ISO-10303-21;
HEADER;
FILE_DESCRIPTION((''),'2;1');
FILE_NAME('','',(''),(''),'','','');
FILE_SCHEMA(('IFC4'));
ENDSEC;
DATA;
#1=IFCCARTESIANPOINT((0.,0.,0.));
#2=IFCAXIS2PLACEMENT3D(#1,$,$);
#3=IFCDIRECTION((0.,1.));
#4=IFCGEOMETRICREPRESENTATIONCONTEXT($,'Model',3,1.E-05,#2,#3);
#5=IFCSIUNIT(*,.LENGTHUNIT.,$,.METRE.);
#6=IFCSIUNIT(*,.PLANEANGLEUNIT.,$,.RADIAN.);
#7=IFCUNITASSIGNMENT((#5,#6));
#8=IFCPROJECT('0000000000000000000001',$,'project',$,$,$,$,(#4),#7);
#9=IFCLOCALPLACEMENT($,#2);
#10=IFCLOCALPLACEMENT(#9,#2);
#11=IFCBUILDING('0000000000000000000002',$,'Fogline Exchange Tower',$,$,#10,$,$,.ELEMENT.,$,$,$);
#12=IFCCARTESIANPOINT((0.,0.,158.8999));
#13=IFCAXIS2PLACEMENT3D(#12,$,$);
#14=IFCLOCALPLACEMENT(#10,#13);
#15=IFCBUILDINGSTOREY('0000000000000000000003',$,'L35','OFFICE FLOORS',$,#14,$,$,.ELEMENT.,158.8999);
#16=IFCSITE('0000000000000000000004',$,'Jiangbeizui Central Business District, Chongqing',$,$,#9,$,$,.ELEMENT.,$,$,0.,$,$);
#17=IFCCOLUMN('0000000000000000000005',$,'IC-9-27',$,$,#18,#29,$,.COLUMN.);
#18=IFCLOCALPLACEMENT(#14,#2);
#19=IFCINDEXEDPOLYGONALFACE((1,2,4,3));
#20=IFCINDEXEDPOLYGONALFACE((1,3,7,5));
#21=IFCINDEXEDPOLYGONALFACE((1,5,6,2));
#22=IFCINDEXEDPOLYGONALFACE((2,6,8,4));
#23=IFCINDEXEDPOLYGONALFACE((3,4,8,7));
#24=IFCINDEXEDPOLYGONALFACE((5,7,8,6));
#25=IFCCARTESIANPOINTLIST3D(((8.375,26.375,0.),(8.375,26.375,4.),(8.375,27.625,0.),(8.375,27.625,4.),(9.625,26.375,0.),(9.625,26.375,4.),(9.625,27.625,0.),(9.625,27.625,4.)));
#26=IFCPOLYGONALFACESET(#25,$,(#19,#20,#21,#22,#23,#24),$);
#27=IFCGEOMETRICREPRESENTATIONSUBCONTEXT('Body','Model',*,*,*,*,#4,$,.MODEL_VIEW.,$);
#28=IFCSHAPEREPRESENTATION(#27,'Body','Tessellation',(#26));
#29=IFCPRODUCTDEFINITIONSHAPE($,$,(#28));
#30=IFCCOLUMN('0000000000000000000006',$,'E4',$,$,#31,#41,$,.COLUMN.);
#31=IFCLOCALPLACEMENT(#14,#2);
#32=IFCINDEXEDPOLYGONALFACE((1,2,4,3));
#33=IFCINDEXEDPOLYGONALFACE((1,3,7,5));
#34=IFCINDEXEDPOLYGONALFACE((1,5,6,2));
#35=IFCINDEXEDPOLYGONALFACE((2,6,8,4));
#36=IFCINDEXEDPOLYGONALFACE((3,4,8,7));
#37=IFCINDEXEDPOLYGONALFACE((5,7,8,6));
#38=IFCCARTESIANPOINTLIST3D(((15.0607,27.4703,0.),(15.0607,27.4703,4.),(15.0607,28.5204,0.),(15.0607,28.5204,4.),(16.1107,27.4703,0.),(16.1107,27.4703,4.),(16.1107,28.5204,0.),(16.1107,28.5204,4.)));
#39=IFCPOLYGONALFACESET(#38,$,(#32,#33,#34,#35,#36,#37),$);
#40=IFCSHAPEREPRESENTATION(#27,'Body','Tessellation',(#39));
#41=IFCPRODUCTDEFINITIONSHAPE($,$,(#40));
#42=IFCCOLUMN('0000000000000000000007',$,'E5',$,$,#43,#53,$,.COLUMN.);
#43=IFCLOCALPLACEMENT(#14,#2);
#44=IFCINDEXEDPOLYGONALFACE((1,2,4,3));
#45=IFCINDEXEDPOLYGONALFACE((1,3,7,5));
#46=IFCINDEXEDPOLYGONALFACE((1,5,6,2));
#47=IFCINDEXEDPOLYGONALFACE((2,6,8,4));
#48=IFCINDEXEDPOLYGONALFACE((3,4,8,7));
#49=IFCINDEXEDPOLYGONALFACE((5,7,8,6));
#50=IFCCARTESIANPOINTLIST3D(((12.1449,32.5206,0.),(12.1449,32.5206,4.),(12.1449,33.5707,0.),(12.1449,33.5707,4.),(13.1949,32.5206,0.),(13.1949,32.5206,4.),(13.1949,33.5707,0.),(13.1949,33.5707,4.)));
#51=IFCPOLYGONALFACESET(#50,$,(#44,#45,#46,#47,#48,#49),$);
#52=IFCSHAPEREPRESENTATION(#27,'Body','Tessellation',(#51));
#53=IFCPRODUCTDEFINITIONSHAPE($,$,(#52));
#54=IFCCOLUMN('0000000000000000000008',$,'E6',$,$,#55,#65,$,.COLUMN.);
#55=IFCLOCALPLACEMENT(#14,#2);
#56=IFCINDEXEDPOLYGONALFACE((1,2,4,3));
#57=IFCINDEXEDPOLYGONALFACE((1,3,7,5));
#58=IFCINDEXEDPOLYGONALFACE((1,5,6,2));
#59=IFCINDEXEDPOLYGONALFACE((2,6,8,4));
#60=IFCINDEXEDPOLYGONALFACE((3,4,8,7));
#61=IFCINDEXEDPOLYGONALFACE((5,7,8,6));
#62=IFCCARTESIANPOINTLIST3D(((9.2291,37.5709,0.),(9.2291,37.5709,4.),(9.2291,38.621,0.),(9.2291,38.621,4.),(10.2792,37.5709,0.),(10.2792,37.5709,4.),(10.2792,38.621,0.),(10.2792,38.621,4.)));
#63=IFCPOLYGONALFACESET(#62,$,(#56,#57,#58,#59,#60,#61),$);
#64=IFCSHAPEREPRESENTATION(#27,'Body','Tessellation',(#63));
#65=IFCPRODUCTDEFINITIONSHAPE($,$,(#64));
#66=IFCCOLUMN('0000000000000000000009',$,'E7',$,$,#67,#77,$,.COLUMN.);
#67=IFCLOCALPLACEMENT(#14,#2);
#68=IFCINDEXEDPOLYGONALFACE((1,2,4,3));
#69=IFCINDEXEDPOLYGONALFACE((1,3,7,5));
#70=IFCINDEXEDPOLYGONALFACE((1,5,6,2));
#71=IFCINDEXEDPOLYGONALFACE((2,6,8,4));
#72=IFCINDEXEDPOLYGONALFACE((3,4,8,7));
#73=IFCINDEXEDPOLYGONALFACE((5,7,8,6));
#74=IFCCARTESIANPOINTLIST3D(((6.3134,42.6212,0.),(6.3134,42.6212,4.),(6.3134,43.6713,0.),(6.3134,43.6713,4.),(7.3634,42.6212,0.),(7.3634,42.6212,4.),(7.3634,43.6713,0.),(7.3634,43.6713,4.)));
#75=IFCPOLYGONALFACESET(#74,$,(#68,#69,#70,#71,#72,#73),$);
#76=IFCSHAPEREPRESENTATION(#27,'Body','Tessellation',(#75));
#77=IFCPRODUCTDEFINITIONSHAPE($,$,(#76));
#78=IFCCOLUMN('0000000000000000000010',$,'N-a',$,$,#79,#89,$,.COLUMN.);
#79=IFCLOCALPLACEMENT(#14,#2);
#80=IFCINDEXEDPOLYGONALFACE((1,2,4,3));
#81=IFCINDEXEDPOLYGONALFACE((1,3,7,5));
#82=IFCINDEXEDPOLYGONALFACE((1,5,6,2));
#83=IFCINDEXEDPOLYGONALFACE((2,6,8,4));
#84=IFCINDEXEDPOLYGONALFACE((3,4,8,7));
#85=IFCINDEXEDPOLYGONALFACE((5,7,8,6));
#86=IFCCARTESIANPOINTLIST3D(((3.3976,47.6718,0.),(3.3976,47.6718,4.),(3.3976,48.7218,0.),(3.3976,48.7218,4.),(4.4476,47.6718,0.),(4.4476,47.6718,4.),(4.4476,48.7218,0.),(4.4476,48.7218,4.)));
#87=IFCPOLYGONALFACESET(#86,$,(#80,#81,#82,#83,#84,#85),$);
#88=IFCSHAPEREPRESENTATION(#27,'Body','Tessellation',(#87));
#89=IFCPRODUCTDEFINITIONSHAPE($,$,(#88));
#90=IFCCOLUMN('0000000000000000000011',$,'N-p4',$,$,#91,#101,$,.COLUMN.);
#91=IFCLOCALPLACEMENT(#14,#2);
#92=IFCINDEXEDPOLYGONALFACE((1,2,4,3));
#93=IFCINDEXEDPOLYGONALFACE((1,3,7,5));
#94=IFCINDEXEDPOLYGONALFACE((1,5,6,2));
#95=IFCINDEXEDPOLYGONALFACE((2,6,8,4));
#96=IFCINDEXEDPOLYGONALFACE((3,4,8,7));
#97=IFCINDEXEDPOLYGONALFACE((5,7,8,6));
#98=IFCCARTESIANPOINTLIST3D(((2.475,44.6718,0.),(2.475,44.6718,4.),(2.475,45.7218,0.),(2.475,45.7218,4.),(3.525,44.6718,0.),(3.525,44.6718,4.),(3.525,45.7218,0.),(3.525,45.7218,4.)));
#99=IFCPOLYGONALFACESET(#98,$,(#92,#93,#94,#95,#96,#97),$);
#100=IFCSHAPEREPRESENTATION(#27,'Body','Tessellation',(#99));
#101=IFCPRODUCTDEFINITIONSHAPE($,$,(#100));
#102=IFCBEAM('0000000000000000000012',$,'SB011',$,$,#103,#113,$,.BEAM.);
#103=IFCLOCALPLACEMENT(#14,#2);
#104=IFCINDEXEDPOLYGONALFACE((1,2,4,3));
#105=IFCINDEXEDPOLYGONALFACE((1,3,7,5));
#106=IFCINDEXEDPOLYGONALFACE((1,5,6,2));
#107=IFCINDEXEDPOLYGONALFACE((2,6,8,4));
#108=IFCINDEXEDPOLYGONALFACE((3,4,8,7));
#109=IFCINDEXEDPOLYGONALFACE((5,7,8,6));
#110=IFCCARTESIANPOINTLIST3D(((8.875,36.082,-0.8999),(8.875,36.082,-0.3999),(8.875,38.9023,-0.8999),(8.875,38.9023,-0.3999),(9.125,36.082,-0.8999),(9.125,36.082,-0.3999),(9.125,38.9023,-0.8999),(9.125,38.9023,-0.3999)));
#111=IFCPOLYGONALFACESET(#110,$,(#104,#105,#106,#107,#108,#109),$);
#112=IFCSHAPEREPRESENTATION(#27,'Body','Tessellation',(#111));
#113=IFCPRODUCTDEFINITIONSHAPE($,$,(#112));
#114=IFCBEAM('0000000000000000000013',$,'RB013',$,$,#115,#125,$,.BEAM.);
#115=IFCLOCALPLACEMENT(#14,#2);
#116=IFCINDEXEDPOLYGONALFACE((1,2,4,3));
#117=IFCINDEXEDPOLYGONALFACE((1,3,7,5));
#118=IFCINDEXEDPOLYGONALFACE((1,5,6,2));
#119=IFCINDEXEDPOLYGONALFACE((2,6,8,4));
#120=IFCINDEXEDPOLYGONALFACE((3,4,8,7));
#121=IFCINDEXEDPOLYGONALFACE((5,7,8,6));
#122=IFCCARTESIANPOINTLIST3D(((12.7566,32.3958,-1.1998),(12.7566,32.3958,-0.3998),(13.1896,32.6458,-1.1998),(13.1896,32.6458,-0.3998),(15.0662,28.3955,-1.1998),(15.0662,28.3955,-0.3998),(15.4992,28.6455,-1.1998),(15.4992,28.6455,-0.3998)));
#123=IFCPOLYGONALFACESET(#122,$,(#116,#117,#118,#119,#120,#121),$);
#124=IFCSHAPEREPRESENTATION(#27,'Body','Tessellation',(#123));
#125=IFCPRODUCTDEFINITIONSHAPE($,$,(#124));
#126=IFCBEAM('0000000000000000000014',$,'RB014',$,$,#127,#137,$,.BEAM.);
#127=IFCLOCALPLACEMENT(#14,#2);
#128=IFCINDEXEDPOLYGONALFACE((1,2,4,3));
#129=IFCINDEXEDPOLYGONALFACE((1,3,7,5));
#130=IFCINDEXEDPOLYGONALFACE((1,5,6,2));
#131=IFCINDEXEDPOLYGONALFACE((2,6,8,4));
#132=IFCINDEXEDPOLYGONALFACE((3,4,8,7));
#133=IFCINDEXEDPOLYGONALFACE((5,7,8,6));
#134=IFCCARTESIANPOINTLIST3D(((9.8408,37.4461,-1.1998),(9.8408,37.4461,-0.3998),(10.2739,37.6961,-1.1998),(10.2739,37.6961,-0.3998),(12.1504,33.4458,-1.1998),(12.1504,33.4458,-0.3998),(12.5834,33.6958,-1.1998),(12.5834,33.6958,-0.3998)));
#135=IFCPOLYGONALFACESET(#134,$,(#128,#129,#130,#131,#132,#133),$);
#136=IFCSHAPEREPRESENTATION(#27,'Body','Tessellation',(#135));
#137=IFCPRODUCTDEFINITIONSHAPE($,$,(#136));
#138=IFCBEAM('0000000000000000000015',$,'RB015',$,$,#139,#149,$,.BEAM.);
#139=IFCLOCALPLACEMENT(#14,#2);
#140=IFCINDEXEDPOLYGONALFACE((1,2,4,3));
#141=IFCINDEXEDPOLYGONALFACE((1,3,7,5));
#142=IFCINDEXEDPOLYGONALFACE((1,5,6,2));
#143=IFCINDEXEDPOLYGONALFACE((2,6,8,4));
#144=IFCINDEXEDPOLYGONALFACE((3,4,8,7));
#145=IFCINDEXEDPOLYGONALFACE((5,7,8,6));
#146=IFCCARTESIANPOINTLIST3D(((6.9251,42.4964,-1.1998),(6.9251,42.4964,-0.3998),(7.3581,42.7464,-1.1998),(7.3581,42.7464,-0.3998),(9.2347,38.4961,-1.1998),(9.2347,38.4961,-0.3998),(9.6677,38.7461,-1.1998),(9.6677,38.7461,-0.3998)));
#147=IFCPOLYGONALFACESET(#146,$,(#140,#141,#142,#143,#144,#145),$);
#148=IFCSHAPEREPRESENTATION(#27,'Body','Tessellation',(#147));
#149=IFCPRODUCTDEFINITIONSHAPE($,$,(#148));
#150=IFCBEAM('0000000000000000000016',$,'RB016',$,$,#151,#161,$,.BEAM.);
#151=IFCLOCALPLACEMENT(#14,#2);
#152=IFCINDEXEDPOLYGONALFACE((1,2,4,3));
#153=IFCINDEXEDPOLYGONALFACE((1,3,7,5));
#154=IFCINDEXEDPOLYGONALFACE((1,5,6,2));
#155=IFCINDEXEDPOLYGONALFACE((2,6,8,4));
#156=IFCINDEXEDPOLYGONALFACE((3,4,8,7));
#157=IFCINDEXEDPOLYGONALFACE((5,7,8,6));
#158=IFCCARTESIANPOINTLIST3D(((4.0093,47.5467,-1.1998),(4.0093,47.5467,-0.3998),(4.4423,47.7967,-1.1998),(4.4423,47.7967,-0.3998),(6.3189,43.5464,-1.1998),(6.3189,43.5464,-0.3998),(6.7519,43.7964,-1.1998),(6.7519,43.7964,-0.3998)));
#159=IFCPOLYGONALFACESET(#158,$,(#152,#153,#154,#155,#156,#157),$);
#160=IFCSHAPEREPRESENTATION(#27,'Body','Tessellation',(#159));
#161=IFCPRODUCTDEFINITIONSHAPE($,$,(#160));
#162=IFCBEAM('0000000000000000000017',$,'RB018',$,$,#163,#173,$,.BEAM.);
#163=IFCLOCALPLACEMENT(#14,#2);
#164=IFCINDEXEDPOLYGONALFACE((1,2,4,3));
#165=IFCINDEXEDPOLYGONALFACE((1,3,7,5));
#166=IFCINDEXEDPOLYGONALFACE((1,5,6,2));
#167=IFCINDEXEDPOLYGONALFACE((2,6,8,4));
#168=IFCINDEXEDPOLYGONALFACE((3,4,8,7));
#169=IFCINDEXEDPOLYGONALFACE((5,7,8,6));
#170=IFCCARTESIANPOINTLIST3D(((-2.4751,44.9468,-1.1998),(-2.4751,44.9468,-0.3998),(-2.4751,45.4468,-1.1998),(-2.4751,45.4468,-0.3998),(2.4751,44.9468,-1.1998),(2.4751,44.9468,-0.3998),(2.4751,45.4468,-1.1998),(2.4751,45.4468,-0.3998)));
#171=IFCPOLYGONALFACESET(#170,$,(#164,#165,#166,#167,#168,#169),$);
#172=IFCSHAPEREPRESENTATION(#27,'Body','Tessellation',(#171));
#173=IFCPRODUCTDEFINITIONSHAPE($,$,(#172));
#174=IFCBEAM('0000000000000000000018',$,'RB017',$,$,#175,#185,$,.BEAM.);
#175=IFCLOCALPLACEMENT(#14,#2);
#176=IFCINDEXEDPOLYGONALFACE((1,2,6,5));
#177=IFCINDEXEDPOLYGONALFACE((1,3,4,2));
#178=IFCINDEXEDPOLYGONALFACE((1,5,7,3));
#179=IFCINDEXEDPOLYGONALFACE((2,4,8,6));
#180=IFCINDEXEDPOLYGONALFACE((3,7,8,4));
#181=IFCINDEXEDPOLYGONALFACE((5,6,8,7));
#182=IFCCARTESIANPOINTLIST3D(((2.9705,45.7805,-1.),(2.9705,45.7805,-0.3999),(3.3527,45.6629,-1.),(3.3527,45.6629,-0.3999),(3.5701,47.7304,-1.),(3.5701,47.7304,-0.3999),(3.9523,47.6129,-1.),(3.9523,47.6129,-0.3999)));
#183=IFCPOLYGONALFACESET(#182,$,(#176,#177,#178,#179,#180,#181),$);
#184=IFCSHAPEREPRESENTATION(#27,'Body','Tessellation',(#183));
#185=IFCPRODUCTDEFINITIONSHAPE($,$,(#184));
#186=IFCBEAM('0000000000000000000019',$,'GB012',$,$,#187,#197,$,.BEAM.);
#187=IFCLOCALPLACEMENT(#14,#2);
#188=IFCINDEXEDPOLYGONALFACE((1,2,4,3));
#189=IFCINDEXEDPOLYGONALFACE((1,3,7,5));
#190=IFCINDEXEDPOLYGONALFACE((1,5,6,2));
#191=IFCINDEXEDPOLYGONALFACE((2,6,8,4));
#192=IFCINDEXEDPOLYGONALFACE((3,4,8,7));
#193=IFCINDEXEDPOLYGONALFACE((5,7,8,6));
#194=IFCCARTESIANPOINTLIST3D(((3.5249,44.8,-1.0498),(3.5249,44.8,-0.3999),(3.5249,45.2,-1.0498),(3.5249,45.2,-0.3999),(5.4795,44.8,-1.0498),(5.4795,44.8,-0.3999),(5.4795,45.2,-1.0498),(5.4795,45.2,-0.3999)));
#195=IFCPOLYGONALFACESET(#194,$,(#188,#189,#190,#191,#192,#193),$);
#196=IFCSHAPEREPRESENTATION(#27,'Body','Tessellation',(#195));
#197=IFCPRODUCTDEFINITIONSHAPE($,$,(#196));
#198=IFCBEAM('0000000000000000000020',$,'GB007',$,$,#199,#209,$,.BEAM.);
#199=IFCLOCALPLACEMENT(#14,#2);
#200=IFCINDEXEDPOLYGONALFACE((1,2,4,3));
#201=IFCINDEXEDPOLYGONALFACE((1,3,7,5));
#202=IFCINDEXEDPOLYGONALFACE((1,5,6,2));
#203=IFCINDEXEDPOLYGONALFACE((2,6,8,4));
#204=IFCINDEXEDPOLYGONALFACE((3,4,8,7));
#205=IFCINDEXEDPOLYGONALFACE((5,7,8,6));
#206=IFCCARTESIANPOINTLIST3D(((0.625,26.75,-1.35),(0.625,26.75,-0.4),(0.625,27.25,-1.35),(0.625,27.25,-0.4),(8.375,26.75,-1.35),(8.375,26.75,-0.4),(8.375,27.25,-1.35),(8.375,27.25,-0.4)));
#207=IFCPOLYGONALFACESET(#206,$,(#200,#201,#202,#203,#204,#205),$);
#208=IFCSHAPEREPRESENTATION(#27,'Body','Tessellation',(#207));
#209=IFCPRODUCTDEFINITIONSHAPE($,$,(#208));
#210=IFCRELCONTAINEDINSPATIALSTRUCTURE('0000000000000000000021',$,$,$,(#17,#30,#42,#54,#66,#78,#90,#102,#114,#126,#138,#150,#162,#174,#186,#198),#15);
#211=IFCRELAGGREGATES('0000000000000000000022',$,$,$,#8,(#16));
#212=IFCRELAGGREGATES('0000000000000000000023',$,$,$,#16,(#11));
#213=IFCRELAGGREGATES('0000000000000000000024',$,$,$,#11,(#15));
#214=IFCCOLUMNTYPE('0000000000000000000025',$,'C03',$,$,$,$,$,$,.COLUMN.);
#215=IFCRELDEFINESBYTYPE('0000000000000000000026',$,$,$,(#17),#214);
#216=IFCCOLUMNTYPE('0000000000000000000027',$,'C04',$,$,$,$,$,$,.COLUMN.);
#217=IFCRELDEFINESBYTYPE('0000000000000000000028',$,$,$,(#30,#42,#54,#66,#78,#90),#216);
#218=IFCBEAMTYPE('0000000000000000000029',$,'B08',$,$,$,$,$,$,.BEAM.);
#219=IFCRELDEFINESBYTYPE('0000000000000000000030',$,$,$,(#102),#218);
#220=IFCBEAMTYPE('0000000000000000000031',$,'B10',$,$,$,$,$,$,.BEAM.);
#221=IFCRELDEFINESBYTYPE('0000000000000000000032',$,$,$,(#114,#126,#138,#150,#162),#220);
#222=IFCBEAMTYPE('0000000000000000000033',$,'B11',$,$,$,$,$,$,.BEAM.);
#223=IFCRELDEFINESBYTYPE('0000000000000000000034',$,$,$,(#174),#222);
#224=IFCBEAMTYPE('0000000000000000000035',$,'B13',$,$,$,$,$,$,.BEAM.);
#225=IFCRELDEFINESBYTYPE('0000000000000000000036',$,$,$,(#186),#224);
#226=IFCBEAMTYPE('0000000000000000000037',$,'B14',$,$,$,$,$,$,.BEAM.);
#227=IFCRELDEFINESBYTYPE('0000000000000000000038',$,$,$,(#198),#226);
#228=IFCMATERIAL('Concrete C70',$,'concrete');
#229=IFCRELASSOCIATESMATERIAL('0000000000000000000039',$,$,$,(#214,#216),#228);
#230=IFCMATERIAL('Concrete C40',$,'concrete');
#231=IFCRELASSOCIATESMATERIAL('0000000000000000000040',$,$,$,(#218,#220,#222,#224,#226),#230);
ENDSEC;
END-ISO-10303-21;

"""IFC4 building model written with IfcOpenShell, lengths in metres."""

from ifc_helpers import new_model, si_unit, direction, frame, origin, origin_2d, place, context, subcontext, project, spatial, rectangle, extrude, material, material_profile, profile_set, type_object, element, save


model = new_model("IFC4")

# Units and contexts
model_context = context("Model", 3, precision=1e-05, world=origin(), true_north=direction((0.0, 1.0)))
body_context = subcontext(model_context, "Body", "Model", "MODEL_VIEW")
ifc_project = project(units=[si_unit("LENGTHUNIT", "METRE"), si_unit("PLANEANGLEUNIT", "RADIAN")], contexts=[model_context])

# Site, building, storey
site_placement = place(None, origin())
site = spatial("IfcSite", under=ifc_project, at=site_placement, Name="Jiangbeizui Central Business District, Chongqing", CompositionType="ELEMENT", RefElevation=0.0)
building_placement = place(site_placement, origin())
building = spatial("IfcBuilding", under=site, at=building_placement, Name="Fogline Exchange Tower", CompositionType="ELEMENT")
storey_placement = place(building_placement, frame((0.0, 0.0, 158.8999)))
storey = spatial("IfcBuildingStorey", under=building, at=storey_placement, Name="L35", Description="OFFICE FLOORS", CompositionType="ELEMENT", Elevation=158.8999)

# Columns
ifc_material_1 = material(Name="Concrete C70", Category="concrete")
ifc_material_profile_1 = material_profile(ifc_material_1, rectangle(XDim=1.25, YDim=1.25, at=origin_2d()), Name="RC 1250x1250")
ifc_profile_set_1 = profile_set([ifc_material_profile_1], Name="Concrete C70")
column_type_1 = type_object("IfcColumnType", Name="C03", PredefinedType="COLUMN", material=ifc_profile_set_1)
column_placement = place(storey_placement, frame((9.0, 27.0, 0.0), z_axis=(0.0, 0.0, 1.0), x_axis=(1.0, 0.0, 0.0)))
element("IfcColumn", 1, at=column_placement, inside=storey, type_object=column_type_1, Name="IC-9-27", PredefinedType="COLUMN", context=body_context, shape_type="SweptSolid", body=[
    extrude(rectangle(XDim=1.25, YDim=1.25, at=origin_2d()), origin(), (0.0, 0.0, 1.0), 4.0),
])
ifc_material_profile_2 = material_profile(ifc_material_1, rectangle(XDim=1.05, YDim=1.05, at=origin_2d()), Name="RC 1050x1050")
ifc_profile_set_2 = profile_set([ifc_material_profile_2], Name="Concrete C70")
column_type_2 = type_object("IfcColumnType", Name="C04", PredefinedType="COLUMN", material=ifc_profile_set_2)
for number, where, z_axis, x_axis, name in (
    (2, (15.5857, 27.9954, 0.0), (0.0, 0.0, 1.0), (1.0, 0.0, 0.0), "E4"),
    (3, (12.6699, 33.0457, 0.0), (0.0, 0.0, 1.0), (1.0, 0.0, 0.0), "E5"),
    (4, (9.7542, 38.0959, 0.0), (0.0, 0.0, 1.0), (1.0, 0.0, 0.0), "E6"),
    (5, (6.8384, 43.1462, 0.0), (0.0, 0.0, 1.0), (1.0, 0.0, 0.0), "E7"),
    (6, (3.9226, 48.1968, 0.0), (0.0, 0.0, 1.0), (1.0, 0.0, 0.0), "N-a"),
    (7, (3.0, 45.1968, 0.0), (0.0, 0.0, 1.0), (1.0, 0.0, 0.0), "N-p4"),
):
    element("IfcColumn", number, at=place(storey_placement, frame(where, z_axis=z_axis, x_axis=x_axis)), inside=storey, type_object=column_type_2, Name=name, PredefinedType="COLUMN", context=body_context, shape_type="SweptSolid", body=[
        extrude(rectangle(XDim=1.05, YDim=1.05, at=origin_2d()), origin(), (0.0, 0.0, 1.0), 4.0),
    ])

# Beams
ifc_material_2 = material(Name="Concrete C40", Category="concrete")
ifc_material_profile_3 = material_profile(ifc_material_2, rectangle(XDim=0.25, YDim=0.5, at=origin_2d()), Name="RC 250x500")
ifc_profile_set_3 = profile_set([ifc_material_profile_3], Name="Concrete C40")
beam_type_1 = type_object("IfcBeamType", Name="B08", PredefinedType="BEAM", material=ifc_profile_set_3)
beam_1_placement = place(storey_placement, frame((9.0, 36.082, -0.6499), z_axis=(0.0, 1.0, 0.0), x_axis=(-1.0, 0.0, 0.0)))
element("IfcBeam", 8, at=beam_1_placement, inside=storey, type_object=beam_type_1, Name="SB011", PredefinedType="BEAM", context=body_context, shape_type="SweptSolid", body=[
    extrude(rectangle(XDim=0.25, YDim=0.5, at=origin_2d()), origin(), (0.0, 0.0, 1.0), 2.8203),
])
ifc_material_profile_4 = material_profile(ifc_material_2, rectangle(XDim=0.5, YDim=0.8, at=origin_2d()), Name="RC 500x800")
ifc_profile_set_4 = profile_set([ifc_material_profile_4], Name="Concrete C40")
beam_type_2 = type_object("IfcBeamType", Name="B10", PredefinedType="BEAM", material=ifc_profile_set_4)
for number, where, z_axis, x_axis, name in (
    (9, (15.2827, 28.5205, -0.7998), (-0.500005, 0.866023, 0.0), (-0.866023, -0.500005, 0.0), "RB013"),
    (10, (12.3669, 33.5708, -0.7998), (-0.500005, 0.866023, 0.0), (-0.866023, -0.500005, 0.0), "RB014"),
    (11, (9.4512, 38.6211, -0.7998), (-0.500005, 0.866023, 0.0), (-0.866023, -0.500005, 0.0), "RB015"),
    (12, (6.5354, 43.6714, -0.7998), (-0.500005, 0.866023, 0.0), (-0.866023, -0.500005, 0.0), "RB016"),
):
    element("IfcBeam", number, at=place(storey_placement, frame(where, z_axis=z_axis, x_axis=x_axis)), inside=storey, type_object=beam_type_2, Name=name, PredefinedType="BEAM", context=body_context, shape_type="SweptSolid", body=[
        extrude(rectangle(XDim=0.5, YDim=0.8, at=origin_2d()), origin(), (0.0, 0.0, 1.0), 4.6191),
    ])
beam_2_placement = place(storey_placement, frame((2.4751, 45.1968, -0.7998), z_axis=(-1.0, 0.0, 0.0), x_axis=(0.0, -1.0, 0.0)))
element("IfcBeam", 13, at=beam_2_placement, inside=storey, type_object=beam_type_2, Name="RB018", PredefinedType="BEAM", context=body_context, shape_type="SweptSolid", body=[
    extrude(rectangle(XDim=0.5, YDim=0.8, at=origin_2d()), origin(), (0.0, 0.0, 1.0), 4.9502),
])
ifc_material_profile_5 = material_profile(ifc_material_2, rectangle(XDim=0.3999, YDim=0.6001, at=origin_2d()), Name="RC 400x600")
ifc_profile_set_5 = profile_set([ifc_material_profile_5], Name="Concrete C40")
beam_type_3 = type_object("IfcBeamType", Name="B11", PredefinedType="BEAM", material=ifc_profile_set_5)
beam_3_placement = place(storey_placement, frame((3.7612, 47.6716, -0.7), z_axis=(-0.293918, -0.955831, 0.0), x_axis=(0.955831, -0.293918, 0.0)))
element("IfcBeam", 14, at=beam_3_placement, inside=storey, type_object=beam_type_3, Name="RB017", PredefinedType="BEAM", context=body_context, shape_type="SweptSolid", body=[
    extrude(rectangle(XDim=0.3999, YDim=0.6001, at=origin_2d()), origin(), (0.0, 0.0, 1.0), 2.04),
])
ifc_material_profile_6 = material_profile(ifc_material_2, rectangle(XDim=0.3999, YDim=0.6499, at=origin_2d()), Name="RC 400x650")
ifc_profile_set_6 = profile_set([ifc_material_profile_6], Name="Concrete C40")
beam_type_4 = type_object("IfcBeamType", Name="B13", PredefinedType="BEAM", material=ifc_profile_set_6)
beam_4_placement = place(storey_placement, frame((3.5249, 45.0, -0.7249), z_axis=(1.0, 0.0, 0.0), x_axis=(0.0, 1.0, 0.0)))
element("IfcBeam", 15, at=beam_4_placement, inside=storey, type_object=beam_type_4, Name="GB012", PredefinedType="BEAM", context=body_context, shape_type="SweptSolid", body=[
    extrude(rectangle(XDim=0.3999, YDim=0.6499, at=origin_2d()), origin(), (0.0, 0.0, 1.0), 1.9546),
])
ifc_material_profile_7 = material_profile(ifc_material_2, rectangle(XDim=0.5, YDim=0.95, at=origin_2d()), Name="RC 500x950")
ifc_profile_set_7 = profile_set([ifc_material_profile_7], Name="Concrete C40")
beam_type_5 = type_object("IfcBeamType", Name="B14", PredefinedType="BEAM", material=ifc_profile_set_7)
beam_5_placement = place(storey_placement, frame((0.625, 27.0, -0.875), z_axis=(1.0, 0.0, 0.0), x_axis=(0.0, 1.0, 0.0)))
element("IfcBeam", 16, at=beam_5_placement, inside=storey, type_object=beam_type_5, Name="GB007", PredefinedType="BEAM", context=body_context, shape_type="SweptSolid", body=[
    extrude(rectangle(XDim=0.5, YDim=0.95, at=origin_2d()), origin(), (0.0, 0.0, 1.0), 7.75),
])

save(model, "model.ifc")
